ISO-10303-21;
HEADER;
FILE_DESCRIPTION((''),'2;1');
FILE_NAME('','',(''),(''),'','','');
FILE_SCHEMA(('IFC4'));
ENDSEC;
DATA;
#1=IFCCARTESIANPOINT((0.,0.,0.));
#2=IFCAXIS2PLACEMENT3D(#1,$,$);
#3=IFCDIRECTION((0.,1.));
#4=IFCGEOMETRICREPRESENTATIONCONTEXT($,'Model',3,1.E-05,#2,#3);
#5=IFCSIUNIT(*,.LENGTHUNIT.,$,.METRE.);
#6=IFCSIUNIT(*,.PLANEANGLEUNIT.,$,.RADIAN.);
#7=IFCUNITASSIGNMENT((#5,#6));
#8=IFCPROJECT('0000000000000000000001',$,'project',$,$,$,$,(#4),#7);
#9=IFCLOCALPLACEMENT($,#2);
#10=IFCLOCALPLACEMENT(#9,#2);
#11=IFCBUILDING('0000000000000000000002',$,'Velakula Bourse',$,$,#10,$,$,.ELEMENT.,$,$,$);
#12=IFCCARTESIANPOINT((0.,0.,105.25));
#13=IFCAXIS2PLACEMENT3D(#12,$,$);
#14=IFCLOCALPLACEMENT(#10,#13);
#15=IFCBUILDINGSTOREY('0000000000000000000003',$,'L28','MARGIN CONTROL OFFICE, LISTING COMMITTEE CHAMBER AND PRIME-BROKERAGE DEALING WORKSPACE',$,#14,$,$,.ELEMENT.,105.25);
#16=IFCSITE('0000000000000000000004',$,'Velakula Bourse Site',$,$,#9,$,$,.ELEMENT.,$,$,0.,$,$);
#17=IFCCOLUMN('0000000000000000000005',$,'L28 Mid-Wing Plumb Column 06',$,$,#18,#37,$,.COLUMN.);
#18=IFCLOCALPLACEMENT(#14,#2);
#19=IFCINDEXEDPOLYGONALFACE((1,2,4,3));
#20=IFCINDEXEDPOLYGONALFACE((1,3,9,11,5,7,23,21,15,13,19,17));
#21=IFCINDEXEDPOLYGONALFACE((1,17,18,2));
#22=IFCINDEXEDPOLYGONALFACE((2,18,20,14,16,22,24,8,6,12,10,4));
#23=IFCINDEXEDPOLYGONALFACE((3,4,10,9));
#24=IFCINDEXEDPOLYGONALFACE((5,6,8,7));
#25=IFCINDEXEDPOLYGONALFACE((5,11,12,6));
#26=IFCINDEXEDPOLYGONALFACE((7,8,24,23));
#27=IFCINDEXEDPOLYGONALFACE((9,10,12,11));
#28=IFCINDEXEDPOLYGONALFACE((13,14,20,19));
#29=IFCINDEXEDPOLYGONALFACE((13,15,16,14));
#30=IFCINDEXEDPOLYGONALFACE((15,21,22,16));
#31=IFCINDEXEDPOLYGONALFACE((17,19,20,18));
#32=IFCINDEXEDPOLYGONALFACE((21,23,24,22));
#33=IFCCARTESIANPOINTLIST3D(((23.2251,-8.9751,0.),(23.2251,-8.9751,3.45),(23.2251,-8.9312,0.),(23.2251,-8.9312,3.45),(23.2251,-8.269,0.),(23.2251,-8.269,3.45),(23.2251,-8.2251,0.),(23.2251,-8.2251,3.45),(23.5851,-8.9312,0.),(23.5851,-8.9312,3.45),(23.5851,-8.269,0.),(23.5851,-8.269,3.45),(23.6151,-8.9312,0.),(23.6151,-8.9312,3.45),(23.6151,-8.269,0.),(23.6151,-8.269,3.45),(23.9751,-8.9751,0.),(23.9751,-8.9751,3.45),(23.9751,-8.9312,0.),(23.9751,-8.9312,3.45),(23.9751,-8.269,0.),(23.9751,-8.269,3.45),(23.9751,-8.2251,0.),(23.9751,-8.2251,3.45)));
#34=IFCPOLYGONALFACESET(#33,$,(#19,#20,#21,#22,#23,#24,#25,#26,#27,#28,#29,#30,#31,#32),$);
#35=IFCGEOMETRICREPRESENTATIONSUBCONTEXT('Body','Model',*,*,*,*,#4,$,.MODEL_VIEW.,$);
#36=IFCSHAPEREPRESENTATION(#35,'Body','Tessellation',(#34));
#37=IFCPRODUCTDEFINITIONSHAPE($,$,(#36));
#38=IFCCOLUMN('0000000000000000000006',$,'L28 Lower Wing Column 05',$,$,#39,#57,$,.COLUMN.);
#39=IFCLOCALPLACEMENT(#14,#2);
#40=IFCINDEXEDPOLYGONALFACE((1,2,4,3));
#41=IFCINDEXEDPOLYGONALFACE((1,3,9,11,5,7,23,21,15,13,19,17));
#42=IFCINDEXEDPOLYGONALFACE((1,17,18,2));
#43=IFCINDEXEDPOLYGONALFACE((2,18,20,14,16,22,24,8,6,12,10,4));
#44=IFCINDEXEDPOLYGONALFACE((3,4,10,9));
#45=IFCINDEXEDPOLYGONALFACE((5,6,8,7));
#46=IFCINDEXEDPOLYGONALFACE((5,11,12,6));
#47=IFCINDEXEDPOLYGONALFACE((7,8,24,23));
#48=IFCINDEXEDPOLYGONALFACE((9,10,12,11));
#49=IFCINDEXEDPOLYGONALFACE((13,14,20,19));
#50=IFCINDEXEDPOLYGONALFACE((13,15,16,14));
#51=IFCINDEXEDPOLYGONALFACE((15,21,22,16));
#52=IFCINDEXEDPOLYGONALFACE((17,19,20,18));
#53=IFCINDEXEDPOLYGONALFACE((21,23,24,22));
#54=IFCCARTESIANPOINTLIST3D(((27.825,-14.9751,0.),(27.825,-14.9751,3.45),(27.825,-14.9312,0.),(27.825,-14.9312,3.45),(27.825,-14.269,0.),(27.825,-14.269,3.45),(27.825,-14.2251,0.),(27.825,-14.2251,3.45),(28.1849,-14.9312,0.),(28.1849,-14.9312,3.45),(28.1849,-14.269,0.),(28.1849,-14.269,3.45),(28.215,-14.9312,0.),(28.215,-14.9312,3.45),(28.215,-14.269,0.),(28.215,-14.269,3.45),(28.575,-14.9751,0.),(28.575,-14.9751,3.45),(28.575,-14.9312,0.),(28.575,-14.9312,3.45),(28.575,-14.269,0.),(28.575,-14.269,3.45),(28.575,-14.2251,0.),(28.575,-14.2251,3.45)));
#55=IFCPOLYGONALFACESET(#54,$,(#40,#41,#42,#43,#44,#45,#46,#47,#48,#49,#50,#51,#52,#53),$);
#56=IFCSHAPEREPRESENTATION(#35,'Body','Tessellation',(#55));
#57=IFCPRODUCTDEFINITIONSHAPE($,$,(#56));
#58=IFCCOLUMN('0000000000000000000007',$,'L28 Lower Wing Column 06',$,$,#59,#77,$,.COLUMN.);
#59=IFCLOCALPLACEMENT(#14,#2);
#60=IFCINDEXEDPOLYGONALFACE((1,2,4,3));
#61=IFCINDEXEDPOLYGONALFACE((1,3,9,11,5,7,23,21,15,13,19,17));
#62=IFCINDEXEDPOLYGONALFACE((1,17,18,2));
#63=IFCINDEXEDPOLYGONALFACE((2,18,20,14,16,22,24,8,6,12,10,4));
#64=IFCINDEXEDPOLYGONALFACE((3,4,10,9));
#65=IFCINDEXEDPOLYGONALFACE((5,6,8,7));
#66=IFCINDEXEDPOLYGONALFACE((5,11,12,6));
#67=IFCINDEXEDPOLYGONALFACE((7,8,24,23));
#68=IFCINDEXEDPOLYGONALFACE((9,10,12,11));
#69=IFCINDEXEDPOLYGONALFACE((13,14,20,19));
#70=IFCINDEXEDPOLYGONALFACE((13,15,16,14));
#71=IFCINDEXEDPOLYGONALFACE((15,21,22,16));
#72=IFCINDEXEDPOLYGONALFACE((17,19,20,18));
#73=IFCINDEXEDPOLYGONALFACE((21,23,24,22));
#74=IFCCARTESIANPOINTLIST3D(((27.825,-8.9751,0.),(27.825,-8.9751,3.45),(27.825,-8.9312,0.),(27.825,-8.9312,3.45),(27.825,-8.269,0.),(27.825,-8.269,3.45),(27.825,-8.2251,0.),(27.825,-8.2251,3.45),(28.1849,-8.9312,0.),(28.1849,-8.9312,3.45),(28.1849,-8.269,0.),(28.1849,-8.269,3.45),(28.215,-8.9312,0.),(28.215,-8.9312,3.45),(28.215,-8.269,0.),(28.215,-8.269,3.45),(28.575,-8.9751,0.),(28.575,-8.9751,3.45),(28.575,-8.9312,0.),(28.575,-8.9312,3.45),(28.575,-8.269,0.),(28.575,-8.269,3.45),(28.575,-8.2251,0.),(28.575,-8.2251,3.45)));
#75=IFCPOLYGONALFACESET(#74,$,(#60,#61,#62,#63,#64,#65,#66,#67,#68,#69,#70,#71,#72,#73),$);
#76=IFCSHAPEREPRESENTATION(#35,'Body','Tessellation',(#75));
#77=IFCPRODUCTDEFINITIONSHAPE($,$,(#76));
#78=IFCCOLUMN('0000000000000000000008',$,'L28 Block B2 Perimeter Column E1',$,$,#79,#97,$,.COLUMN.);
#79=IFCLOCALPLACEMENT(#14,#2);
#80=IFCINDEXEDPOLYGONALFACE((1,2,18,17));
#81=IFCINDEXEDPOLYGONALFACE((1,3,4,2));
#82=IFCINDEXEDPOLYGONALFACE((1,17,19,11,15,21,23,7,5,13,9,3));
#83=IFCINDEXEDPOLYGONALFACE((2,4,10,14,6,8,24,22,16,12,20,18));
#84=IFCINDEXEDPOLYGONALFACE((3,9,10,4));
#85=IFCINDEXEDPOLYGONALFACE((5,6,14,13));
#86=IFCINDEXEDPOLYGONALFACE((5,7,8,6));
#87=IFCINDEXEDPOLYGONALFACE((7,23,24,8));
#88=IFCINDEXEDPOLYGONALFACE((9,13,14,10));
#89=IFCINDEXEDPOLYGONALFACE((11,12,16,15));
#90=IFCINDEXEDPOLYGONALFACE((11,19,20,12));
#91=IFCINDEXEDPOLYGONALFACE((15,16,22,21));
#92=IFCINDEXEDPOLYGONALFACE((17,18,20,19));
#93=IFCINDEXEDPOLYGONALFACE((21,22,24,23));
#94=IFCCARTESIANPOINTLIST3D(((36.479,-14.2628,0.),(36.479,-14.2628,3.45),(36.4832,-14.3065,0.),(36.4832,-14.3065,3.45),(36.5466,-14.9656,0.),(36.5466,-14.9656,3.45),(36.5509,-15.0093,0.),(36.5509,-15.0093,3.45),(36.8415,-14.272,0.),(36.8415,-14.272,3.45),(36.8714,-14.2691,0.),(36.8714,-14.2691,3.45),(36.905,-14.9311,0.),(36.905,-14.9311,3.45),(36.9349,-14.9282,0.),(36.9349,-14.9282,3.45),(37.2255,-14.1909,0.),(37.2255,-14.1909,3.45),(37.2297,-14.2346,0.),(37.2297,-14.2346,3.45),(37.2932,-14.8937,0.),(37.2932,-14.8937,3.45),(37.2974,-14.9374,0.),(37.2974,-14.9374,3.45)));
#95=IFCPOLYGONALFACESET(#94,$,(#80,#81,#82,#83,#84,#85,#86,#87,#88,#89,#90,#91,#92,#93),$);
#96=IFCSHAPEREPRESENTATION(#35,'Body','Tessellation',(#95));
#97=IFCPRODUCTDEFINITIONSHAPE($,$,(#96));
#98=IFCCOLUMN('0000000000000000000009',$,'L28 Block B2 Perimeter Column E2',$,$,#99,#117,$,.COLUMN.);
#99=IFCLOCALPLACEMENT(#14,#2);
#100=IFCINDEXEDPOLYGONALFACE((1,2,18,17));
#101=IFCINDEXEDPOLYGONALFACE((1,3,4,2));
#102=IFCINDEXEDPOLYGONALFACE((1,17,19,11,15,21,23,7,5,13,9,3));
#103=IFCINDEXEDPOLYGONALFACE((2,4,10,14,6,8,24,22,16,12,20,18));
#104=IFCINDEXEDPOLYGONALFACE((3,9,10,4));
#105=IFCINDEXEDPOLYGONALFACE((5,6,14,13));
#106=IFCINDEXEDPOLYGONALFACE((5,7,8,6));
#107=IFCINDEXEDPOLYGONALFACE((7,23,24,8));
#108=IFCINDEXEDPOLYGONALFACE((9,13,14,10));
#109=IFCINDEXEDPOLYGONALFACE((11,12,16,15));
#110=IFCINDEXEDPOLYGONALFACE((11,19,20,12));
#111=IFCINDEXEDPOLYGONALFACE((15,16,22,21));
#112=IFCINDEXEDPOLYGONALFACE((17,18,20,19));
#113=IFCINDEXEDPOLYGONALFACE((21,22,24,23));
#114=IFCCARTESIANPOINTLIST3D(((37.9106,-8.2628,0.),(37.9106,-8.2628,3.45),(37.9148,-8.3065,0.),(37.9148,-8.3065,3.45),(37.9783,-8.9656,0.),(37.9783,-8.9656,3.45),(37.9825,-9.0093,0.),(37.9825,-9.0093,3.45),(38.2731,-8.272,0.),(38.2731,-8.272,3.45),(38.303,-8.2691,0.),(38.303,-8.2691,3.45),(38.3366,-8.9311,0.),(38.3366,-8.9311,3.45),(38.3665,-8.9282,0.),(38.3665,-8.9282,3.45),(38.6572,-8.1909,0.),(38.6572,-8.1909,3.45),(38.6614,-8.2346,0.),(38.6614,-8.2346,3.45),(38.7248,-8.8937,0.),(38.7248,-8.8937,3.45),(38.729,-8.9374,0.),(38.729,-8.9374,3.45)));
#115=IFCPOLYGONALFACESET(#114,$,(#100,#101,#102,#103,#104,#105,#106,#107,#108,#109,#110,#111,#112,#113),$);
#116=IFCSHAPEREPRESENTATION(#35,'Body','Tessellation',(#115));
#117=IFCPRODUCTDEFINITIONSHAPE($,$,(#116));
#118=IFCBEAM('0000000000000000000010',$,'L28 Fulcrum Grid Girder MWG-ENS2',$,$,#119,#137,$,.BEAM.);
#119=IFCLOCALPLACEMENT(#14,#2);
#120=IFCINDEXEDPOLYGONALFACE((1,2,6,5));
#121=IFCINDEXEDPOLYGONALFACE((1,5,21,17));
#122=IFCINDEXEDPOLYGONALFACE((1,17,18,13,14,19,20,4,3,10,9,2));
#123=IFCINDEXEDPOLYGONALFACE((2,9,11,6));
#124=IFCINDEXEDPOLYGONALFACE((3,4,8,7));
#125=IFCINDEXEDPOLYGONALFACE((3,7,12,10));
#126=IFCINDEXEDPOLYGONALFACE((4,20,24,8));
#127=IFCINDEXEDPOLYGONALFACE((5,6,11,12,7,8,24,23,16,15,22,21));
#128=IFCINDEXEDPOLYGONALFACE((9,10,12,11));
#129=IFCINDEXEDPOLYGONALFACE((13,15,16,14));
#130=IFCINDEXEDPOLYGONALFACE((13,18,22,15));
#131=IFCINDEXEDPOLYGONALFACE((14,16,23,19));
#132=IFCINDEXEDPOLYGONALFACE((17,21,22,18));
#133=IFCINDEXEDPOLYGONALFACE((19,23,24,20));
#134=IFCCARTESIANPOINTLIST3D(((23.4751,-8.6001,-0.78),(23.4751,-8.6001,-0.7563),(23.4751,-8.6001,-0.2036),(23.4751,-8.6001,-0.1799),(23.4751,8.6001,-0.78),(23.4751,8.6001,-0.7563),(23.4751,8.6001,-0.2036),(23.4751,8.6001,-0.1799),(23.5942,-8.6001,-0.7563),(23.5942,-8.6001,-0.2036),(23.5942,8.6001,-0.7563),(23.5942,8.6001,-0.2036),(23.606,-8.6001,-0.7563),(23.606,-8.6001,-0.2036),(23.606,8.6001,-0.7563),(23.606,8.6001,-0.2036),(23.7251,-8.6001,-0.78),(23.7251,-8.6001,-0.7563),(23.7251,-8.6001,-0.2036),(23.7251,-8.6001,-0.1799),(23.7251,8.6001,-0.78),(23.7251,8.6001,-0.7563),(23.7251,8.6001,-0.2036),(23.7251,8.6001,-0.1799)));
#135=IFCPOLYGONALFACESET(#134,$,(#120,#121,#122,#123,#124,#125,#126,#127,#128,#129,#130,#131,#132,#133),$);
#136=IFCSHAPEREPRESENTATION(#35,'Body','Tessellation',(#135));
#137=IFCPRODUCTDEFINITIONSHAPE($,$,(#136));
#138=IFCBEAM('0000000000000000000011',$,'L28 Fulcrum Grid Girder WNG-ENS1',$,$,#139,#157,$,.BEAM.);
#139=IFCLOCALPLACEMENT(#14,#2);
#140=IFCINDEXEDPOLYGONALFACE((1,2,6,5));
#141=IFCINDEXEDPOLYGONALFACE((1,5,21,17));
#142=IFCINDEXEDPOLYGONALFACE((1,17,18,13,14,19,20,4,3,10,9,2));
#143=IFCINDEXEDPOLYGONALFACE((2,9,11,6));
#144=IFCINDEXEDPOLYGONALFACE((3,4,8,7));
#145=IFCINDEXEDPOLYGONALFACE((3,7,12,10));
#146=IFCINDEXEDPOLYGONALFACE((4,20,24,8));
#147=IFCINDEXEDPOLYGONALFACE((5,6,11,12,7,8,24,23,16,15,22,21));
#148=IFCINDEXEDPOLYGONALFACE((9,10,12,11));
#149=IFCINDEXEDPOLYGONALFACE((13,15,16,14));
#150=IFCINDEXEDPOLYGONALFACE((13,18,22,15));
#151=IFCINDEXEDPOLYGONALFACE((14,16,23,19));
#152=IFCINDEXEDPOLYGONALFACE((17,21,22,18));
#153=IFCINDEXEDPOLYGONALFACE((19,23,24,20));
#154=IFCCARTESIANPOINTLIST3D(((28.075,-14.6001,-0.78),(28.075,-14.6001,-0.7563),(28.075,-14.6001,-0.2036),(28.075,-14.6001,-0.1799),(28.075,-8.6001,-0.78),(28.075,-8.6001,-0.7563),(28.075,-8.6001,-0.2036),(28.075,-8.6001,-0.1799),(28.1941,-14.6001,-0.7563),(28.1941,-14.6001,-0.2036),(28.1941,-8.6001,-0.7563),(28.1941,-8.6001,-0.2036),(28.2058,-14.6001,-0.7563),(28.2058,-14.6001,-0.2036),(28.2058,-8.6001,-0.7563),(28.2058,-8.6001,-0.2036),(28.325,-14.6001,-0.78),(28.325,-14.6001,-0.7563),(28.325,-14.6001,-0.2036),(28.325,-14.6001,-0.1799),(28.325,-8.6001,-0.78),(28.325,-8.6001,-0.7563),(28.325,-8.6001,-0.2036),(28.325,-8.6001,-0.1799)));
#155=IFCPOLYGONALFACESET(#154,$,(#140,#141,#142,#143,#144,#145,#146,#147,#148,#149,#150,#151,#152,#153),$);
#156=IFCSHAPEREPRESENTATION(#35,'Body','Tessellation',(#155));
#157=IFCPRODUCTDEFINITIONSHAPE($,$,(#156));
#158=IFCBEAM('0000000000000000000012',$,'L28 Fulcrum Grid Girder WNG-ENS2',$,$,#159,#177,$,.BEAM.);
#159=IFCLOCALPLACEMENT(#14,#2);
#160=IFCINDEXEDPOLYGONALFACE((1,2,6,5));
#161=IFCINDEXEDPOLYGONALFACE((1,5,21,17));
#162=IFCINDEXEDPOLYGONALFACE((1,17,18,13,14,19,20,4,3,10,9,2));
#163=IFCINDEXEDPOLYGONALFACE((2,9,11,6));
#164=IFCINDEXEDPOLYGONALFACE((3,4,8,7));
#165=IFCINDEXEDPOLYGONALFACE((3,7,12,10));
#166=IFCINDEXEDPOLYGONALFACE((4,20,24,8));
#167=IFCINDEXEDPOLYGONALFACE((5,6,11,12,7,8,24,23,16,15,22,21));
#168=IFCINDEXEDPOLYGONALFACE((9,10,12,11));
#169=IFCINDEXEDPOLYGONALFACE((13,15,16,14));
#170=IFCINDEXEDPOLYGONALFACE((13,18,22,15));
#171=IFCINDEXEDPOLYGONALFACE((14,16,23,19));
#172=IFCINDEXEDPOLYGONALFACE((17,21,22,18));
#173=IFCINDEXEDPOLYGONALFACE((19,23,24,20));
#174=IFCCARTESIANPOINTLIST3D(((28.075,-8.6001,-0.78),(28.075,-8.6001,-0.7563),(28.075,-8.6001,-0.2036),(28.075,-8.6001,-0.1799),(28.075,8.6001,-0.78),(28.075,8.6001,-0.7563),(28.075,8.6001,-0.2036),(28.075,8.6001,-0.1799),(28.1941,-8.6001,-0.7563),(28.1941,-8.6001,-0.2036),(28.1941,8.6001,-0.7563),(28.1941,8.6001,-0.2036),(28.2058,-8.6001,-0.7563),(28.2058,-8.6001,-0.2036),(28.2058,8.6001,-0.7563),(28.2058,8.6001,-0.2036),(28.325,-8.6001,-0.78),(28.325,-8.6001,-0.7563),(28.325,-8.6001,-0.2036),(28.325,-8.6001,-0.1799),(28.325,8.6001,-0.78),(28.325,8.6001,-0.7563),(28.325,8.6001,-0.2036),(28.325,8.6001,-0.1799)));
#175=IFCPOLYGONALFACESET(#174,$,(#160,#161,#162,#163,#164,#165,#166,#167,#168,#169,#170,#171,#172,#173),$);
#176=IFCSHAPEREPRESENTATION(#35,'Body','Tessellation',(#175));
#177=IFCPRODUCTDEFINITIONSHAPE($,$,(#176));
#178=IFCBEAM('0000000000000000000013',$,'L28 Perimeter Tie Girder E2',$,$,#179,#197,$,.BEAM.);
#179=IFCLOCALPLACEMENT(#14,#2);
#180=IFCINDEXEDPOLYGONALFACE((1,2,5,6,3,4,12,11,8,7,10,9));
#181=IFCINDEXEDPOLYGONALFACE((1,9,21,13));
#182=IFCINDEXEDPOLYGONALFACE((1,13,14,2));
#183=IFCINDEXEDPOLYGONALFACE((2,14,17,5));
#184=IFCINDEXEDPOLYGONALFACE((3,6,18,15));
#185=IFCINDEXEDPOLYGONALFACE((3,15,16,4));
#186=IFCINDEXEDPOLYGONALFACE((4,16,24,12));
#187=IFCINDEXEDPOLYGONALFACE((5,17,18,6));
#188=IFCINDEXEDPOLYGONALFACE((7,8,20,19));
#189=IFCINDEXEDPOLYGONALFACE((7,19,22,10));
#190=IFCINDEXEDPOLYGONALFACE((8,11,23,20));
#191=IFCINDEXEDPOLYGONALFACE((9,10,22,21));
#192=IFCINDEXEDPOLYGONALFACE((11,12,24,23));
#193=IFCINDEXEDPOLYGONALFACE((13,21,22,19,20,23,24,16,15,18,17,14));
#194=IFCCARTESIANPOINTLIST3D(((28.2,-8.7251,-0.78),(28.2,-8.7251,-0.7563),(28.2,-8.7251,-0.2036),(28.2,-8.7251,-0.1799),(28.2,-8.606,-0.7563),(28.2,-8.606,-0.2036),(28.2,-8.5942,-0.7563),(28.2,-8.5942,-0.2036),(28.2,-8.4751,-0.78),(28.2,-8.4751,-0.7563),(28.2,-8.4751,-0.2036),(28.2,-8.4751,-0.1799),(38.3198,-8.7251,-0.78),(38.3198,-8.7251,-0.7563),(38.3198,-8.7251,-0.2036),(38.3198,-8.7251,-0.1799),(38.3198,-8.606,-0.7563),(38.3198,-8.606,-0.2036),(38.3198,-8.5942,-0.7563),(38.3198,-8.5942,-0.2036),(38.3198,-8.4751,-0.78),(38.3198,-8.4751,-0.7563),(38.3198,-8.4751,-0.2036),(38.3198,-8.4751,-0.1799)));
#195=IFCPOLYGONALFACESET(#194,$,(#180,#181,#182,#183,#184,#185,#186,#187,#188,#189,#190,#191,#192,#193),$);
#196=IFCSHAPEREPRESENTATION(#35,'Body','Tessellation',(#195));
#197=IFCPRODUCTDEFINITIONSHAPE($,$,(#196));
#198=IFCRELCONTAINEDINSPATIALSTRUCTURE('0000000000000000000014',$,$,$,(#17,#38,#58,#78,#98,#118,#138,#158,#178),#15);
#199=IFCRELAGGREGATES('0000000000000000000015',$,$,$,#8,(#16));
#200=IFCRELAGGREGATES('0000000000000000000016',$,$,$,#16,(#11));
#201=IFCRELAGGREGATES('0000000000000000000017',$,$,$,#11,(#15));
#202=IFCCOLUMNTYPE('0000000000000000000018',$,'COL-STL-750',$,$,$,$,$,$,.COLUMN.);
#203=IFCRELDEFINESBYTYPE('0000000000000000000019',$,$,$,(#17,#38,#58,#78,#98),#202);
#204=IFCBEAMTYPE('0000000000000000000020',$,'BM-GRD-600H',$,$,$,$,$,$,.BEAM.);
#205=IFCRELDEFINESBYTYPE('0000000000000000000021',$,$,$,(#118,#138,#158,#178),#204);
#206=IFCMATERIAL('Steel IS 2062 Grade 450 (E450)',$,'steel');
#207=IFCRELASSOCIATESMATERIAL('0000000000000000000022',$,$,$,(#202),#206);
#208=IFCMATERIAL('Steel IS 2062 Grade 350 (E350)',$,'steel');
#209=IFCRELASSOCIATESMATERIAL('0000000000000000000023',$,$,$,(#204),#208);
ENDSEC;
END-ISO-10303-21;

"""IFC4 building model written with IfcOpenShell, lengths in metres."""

from ifc_helpers import new_model, si_unit, direction, frame, origin, origin_2d, place, context, subcontext, project, spatial, i_section, extrude, material, material_profile, profile_set, type_object, element, save


model = new_model("IFC4")

# Units and contexts
model_context = context("Model", 3, precision=1e-05, world=origin(), true_north=direction((0.0, 1.0)))
body_context = subcontext(model_context, "Body", "Model", "MODEL_VIEW")
ifc_project = project(units=[si_unit("LENGTHUNIT", "METRE"), si_unit("PLANEANGLEUNIT", "RADIAN")], contexts=[model_context])

# Site, building, storey
site_placement = place(None, origin())
site = spatial("IfcSite", under=ifc_project, at=site_placement, Name="Velakula Bourse Site", CompositionType="ELEMENT", RefElevation=0.0)
building_placement = place(site_placement, origin())
building = spatial("IfcBuilding", under=site, at=building_placement, Name="Velakula Bourse", CompositionType="ELEMENT")
storey_placement = place(building_placement, frame((0.0, 0.0, 105.25)))
storey = spatial("IfcBuildingStorey", under=building, at=storey_placement, Name="L28", Description="MARGIN CONTROL OFFICE, LISTING COMMITTEE CHAMBER AND PRIME-BROKERAGE DEALING WORKSPACE", CompositionType="ELEMENT", Elevation=105.25)

# Columns
ifc_material_1 = material(Name="Steel IS 2062 Grade 450 (E450)", Category="steel")
ifc_material_profile_1 = material_profile(ifc_material_1, i_section(OverallWidth=0.75, OverallDepth=0.75, WebThickness=0.03, FlangeThickness=0.0439, at=origin_2d()), Name="Steel IS 2062 Grade 450 (E450)")
ifc_profile_set_1 = profile_set([ifc_material_profile_1], Name="Steel IS 2062 Grade 450 (E450)")
column_type = type_object("IfcColumnType", Name="COL-STL-750", PredefinedType="COLUMN", material=ifc_profile_set_1)
for number, where, z_axis, x_axis, name in (
    (1, (23.6001, -8.6001, 0.0), (0.0, 0.0, 1.0), (1.0, 0.0, 0.0), "L28 Mid-Wing Plumb Column 06"),
    (2, (28.2, -14.6001, 0.0), (0.0, 0.0, 1.0), (1.0, 0.0, 0.0), "L28 Lower Wing Column 05"),
    (3, (28.2, -8.6001, 0.0), (0.0, 0.0, 1.0), (1.0, 0.0, 0.0), "L28 Lower Wing Column 06"),
    (4, (36.8882, -14.6001, 0.0), (0.0, 0.0, 1.0), (0.995396, 0.095846, 0.0), "L28 Block B2 Perimeter Column E1"),
    (5, (38.3198, -8.6001, 0.0), (0.0, 0.0, 1.0), (0.995396, 0.095846, 0.0), "L28 Block B2 Perimeter Column E2"),
):
    element("IfcColumn", number, at=place(storey_placement, frame(where, z_axis=z_axis, x_axis=x_axis)), inside=storey, type_object=column_type, Name=name, PredefinedType="COLUMN", context=body_context, shape_type="SweptSolid", body=[
        extrude(i_section(OverallWidth=0.75, OverallDepth=0.75, WebThickness=0.03, FlangeThickness=0.0439, at=origin_2d()), origin(), (0.0, 0.0, 1.0), 3.45),
    ])

# Beams
ifc_material_2 = material(Name="Steel IS 2062 Grade 350 (E350)", Category="steel")
ifc_material_profile_2 = material_profile(ifc_material_2, i_section(OverallWidth=0.25, OverallDepth=0.6001, WebThickness=0.0117, FlangeThickness=0.0237, at=origin_2d()), Name="Steel IS 2062 Grade 350 (E350)")
ifc_profile_set_2 = profile_set([ifc_material_profile_2], Name="Steel IS 2062 Grade 350 (E350)")
beam_type_1 = type_object("IfcBeamType", Name="BM-GRD-600H", PredefinedType="BEAM", material=ifc_profile_set_2)
beam_1_placement = place(storey_placement, frame((23.6001, -8.6001, -0.48), z_axis=(0.0, 1.0, 0.0), x_axis=(-1.0, 0.0, 0.0)))
element("IfcBeam", 6, at=beam_1_placement, inside=storey, type_object=beam_type_1, Name="L28 Fulcrum Grid Girder MWG-ENS2", PredefinedType="BEAM", context=body_context, shape_type="SweptSolid", body=[
    extrude(i_section(OverallWidth=0.25, OverallDepth=0.6001, WebThickness=0.0117, FlangeThickness=0.0237, at=origin_2d()), origin(), (0.0, 0.0, 1.0), 17.2002),
])
beam_2_placement = place(storey_placement, frame((28.2, -14.6001, -0.48), z_axis=(0.0, 1.0, 0.0), x_axis=(-1.0, 0.0, 0.0)))
element("IfcBeam", 7, at=beam_2_placement, inside=storey, type_object=beam_type_1, Name="L28 Fulcrum Grid Girder WNG-ENS1", PredefinedType="BEAM", context=body_context, shape_type="SweptSolid", body=[
    extrude(i_section(OverallWidth=0.25, OverallDepth=0.6001, WebThickness=0.0117, FlangeThickness=0.0237, at=origin_2d()), origin(), (0.0, 0.0, 1.0), 6.0),
])
beam_3_placement = place(storey_placement, frame((28.2, -8.6001, -0.48), z_axis=(0.0, 1.0, 0.0), x_axis=(-1.0, 0.0, 0.0)))
element("IfcBeam", 8, at=beam_3_placement, inside=storey, type_object=beam_type_1, Name="L28 Fulcrum Grid Girder WNG-ENS2", PredefinedType="BEAM", context=body_context, shape_type="SweptSolid", body=[
    extrude(i_section(OverallWidth=0.25, OverallDepth=0.6001, WebThickness=0.0117, FlangeThickness=0.0237, at=origin_2d()), origin(), (0.0, 0.0, 1.0), 17.2002),
])
beam_4_placement = place(storey_placement, frame((28.2, -8.6001, -0.48), z_axis=(1.0, 0.0, 0.0), x_axis=(0.0, 1.0, 0.0)))
element("IfcBeam", 9, at=beam_4_placement, inside=storey, type_object=beam_type_1, Name="L28 Perimeter Tie Girder E2", PredefinedType="BEAM", context=body_context, shape_type="SweptSolid", body=[
    extrude(i_section(OverallWidth=0.25, OverallDepth=0.6001, WebThickness=0.0117, FlangeThickness=0.0237, at=origin_2d()), origin(), (0.0, 0.0, 1.0), 10.1199),
])

save(model, "model.ifc")
